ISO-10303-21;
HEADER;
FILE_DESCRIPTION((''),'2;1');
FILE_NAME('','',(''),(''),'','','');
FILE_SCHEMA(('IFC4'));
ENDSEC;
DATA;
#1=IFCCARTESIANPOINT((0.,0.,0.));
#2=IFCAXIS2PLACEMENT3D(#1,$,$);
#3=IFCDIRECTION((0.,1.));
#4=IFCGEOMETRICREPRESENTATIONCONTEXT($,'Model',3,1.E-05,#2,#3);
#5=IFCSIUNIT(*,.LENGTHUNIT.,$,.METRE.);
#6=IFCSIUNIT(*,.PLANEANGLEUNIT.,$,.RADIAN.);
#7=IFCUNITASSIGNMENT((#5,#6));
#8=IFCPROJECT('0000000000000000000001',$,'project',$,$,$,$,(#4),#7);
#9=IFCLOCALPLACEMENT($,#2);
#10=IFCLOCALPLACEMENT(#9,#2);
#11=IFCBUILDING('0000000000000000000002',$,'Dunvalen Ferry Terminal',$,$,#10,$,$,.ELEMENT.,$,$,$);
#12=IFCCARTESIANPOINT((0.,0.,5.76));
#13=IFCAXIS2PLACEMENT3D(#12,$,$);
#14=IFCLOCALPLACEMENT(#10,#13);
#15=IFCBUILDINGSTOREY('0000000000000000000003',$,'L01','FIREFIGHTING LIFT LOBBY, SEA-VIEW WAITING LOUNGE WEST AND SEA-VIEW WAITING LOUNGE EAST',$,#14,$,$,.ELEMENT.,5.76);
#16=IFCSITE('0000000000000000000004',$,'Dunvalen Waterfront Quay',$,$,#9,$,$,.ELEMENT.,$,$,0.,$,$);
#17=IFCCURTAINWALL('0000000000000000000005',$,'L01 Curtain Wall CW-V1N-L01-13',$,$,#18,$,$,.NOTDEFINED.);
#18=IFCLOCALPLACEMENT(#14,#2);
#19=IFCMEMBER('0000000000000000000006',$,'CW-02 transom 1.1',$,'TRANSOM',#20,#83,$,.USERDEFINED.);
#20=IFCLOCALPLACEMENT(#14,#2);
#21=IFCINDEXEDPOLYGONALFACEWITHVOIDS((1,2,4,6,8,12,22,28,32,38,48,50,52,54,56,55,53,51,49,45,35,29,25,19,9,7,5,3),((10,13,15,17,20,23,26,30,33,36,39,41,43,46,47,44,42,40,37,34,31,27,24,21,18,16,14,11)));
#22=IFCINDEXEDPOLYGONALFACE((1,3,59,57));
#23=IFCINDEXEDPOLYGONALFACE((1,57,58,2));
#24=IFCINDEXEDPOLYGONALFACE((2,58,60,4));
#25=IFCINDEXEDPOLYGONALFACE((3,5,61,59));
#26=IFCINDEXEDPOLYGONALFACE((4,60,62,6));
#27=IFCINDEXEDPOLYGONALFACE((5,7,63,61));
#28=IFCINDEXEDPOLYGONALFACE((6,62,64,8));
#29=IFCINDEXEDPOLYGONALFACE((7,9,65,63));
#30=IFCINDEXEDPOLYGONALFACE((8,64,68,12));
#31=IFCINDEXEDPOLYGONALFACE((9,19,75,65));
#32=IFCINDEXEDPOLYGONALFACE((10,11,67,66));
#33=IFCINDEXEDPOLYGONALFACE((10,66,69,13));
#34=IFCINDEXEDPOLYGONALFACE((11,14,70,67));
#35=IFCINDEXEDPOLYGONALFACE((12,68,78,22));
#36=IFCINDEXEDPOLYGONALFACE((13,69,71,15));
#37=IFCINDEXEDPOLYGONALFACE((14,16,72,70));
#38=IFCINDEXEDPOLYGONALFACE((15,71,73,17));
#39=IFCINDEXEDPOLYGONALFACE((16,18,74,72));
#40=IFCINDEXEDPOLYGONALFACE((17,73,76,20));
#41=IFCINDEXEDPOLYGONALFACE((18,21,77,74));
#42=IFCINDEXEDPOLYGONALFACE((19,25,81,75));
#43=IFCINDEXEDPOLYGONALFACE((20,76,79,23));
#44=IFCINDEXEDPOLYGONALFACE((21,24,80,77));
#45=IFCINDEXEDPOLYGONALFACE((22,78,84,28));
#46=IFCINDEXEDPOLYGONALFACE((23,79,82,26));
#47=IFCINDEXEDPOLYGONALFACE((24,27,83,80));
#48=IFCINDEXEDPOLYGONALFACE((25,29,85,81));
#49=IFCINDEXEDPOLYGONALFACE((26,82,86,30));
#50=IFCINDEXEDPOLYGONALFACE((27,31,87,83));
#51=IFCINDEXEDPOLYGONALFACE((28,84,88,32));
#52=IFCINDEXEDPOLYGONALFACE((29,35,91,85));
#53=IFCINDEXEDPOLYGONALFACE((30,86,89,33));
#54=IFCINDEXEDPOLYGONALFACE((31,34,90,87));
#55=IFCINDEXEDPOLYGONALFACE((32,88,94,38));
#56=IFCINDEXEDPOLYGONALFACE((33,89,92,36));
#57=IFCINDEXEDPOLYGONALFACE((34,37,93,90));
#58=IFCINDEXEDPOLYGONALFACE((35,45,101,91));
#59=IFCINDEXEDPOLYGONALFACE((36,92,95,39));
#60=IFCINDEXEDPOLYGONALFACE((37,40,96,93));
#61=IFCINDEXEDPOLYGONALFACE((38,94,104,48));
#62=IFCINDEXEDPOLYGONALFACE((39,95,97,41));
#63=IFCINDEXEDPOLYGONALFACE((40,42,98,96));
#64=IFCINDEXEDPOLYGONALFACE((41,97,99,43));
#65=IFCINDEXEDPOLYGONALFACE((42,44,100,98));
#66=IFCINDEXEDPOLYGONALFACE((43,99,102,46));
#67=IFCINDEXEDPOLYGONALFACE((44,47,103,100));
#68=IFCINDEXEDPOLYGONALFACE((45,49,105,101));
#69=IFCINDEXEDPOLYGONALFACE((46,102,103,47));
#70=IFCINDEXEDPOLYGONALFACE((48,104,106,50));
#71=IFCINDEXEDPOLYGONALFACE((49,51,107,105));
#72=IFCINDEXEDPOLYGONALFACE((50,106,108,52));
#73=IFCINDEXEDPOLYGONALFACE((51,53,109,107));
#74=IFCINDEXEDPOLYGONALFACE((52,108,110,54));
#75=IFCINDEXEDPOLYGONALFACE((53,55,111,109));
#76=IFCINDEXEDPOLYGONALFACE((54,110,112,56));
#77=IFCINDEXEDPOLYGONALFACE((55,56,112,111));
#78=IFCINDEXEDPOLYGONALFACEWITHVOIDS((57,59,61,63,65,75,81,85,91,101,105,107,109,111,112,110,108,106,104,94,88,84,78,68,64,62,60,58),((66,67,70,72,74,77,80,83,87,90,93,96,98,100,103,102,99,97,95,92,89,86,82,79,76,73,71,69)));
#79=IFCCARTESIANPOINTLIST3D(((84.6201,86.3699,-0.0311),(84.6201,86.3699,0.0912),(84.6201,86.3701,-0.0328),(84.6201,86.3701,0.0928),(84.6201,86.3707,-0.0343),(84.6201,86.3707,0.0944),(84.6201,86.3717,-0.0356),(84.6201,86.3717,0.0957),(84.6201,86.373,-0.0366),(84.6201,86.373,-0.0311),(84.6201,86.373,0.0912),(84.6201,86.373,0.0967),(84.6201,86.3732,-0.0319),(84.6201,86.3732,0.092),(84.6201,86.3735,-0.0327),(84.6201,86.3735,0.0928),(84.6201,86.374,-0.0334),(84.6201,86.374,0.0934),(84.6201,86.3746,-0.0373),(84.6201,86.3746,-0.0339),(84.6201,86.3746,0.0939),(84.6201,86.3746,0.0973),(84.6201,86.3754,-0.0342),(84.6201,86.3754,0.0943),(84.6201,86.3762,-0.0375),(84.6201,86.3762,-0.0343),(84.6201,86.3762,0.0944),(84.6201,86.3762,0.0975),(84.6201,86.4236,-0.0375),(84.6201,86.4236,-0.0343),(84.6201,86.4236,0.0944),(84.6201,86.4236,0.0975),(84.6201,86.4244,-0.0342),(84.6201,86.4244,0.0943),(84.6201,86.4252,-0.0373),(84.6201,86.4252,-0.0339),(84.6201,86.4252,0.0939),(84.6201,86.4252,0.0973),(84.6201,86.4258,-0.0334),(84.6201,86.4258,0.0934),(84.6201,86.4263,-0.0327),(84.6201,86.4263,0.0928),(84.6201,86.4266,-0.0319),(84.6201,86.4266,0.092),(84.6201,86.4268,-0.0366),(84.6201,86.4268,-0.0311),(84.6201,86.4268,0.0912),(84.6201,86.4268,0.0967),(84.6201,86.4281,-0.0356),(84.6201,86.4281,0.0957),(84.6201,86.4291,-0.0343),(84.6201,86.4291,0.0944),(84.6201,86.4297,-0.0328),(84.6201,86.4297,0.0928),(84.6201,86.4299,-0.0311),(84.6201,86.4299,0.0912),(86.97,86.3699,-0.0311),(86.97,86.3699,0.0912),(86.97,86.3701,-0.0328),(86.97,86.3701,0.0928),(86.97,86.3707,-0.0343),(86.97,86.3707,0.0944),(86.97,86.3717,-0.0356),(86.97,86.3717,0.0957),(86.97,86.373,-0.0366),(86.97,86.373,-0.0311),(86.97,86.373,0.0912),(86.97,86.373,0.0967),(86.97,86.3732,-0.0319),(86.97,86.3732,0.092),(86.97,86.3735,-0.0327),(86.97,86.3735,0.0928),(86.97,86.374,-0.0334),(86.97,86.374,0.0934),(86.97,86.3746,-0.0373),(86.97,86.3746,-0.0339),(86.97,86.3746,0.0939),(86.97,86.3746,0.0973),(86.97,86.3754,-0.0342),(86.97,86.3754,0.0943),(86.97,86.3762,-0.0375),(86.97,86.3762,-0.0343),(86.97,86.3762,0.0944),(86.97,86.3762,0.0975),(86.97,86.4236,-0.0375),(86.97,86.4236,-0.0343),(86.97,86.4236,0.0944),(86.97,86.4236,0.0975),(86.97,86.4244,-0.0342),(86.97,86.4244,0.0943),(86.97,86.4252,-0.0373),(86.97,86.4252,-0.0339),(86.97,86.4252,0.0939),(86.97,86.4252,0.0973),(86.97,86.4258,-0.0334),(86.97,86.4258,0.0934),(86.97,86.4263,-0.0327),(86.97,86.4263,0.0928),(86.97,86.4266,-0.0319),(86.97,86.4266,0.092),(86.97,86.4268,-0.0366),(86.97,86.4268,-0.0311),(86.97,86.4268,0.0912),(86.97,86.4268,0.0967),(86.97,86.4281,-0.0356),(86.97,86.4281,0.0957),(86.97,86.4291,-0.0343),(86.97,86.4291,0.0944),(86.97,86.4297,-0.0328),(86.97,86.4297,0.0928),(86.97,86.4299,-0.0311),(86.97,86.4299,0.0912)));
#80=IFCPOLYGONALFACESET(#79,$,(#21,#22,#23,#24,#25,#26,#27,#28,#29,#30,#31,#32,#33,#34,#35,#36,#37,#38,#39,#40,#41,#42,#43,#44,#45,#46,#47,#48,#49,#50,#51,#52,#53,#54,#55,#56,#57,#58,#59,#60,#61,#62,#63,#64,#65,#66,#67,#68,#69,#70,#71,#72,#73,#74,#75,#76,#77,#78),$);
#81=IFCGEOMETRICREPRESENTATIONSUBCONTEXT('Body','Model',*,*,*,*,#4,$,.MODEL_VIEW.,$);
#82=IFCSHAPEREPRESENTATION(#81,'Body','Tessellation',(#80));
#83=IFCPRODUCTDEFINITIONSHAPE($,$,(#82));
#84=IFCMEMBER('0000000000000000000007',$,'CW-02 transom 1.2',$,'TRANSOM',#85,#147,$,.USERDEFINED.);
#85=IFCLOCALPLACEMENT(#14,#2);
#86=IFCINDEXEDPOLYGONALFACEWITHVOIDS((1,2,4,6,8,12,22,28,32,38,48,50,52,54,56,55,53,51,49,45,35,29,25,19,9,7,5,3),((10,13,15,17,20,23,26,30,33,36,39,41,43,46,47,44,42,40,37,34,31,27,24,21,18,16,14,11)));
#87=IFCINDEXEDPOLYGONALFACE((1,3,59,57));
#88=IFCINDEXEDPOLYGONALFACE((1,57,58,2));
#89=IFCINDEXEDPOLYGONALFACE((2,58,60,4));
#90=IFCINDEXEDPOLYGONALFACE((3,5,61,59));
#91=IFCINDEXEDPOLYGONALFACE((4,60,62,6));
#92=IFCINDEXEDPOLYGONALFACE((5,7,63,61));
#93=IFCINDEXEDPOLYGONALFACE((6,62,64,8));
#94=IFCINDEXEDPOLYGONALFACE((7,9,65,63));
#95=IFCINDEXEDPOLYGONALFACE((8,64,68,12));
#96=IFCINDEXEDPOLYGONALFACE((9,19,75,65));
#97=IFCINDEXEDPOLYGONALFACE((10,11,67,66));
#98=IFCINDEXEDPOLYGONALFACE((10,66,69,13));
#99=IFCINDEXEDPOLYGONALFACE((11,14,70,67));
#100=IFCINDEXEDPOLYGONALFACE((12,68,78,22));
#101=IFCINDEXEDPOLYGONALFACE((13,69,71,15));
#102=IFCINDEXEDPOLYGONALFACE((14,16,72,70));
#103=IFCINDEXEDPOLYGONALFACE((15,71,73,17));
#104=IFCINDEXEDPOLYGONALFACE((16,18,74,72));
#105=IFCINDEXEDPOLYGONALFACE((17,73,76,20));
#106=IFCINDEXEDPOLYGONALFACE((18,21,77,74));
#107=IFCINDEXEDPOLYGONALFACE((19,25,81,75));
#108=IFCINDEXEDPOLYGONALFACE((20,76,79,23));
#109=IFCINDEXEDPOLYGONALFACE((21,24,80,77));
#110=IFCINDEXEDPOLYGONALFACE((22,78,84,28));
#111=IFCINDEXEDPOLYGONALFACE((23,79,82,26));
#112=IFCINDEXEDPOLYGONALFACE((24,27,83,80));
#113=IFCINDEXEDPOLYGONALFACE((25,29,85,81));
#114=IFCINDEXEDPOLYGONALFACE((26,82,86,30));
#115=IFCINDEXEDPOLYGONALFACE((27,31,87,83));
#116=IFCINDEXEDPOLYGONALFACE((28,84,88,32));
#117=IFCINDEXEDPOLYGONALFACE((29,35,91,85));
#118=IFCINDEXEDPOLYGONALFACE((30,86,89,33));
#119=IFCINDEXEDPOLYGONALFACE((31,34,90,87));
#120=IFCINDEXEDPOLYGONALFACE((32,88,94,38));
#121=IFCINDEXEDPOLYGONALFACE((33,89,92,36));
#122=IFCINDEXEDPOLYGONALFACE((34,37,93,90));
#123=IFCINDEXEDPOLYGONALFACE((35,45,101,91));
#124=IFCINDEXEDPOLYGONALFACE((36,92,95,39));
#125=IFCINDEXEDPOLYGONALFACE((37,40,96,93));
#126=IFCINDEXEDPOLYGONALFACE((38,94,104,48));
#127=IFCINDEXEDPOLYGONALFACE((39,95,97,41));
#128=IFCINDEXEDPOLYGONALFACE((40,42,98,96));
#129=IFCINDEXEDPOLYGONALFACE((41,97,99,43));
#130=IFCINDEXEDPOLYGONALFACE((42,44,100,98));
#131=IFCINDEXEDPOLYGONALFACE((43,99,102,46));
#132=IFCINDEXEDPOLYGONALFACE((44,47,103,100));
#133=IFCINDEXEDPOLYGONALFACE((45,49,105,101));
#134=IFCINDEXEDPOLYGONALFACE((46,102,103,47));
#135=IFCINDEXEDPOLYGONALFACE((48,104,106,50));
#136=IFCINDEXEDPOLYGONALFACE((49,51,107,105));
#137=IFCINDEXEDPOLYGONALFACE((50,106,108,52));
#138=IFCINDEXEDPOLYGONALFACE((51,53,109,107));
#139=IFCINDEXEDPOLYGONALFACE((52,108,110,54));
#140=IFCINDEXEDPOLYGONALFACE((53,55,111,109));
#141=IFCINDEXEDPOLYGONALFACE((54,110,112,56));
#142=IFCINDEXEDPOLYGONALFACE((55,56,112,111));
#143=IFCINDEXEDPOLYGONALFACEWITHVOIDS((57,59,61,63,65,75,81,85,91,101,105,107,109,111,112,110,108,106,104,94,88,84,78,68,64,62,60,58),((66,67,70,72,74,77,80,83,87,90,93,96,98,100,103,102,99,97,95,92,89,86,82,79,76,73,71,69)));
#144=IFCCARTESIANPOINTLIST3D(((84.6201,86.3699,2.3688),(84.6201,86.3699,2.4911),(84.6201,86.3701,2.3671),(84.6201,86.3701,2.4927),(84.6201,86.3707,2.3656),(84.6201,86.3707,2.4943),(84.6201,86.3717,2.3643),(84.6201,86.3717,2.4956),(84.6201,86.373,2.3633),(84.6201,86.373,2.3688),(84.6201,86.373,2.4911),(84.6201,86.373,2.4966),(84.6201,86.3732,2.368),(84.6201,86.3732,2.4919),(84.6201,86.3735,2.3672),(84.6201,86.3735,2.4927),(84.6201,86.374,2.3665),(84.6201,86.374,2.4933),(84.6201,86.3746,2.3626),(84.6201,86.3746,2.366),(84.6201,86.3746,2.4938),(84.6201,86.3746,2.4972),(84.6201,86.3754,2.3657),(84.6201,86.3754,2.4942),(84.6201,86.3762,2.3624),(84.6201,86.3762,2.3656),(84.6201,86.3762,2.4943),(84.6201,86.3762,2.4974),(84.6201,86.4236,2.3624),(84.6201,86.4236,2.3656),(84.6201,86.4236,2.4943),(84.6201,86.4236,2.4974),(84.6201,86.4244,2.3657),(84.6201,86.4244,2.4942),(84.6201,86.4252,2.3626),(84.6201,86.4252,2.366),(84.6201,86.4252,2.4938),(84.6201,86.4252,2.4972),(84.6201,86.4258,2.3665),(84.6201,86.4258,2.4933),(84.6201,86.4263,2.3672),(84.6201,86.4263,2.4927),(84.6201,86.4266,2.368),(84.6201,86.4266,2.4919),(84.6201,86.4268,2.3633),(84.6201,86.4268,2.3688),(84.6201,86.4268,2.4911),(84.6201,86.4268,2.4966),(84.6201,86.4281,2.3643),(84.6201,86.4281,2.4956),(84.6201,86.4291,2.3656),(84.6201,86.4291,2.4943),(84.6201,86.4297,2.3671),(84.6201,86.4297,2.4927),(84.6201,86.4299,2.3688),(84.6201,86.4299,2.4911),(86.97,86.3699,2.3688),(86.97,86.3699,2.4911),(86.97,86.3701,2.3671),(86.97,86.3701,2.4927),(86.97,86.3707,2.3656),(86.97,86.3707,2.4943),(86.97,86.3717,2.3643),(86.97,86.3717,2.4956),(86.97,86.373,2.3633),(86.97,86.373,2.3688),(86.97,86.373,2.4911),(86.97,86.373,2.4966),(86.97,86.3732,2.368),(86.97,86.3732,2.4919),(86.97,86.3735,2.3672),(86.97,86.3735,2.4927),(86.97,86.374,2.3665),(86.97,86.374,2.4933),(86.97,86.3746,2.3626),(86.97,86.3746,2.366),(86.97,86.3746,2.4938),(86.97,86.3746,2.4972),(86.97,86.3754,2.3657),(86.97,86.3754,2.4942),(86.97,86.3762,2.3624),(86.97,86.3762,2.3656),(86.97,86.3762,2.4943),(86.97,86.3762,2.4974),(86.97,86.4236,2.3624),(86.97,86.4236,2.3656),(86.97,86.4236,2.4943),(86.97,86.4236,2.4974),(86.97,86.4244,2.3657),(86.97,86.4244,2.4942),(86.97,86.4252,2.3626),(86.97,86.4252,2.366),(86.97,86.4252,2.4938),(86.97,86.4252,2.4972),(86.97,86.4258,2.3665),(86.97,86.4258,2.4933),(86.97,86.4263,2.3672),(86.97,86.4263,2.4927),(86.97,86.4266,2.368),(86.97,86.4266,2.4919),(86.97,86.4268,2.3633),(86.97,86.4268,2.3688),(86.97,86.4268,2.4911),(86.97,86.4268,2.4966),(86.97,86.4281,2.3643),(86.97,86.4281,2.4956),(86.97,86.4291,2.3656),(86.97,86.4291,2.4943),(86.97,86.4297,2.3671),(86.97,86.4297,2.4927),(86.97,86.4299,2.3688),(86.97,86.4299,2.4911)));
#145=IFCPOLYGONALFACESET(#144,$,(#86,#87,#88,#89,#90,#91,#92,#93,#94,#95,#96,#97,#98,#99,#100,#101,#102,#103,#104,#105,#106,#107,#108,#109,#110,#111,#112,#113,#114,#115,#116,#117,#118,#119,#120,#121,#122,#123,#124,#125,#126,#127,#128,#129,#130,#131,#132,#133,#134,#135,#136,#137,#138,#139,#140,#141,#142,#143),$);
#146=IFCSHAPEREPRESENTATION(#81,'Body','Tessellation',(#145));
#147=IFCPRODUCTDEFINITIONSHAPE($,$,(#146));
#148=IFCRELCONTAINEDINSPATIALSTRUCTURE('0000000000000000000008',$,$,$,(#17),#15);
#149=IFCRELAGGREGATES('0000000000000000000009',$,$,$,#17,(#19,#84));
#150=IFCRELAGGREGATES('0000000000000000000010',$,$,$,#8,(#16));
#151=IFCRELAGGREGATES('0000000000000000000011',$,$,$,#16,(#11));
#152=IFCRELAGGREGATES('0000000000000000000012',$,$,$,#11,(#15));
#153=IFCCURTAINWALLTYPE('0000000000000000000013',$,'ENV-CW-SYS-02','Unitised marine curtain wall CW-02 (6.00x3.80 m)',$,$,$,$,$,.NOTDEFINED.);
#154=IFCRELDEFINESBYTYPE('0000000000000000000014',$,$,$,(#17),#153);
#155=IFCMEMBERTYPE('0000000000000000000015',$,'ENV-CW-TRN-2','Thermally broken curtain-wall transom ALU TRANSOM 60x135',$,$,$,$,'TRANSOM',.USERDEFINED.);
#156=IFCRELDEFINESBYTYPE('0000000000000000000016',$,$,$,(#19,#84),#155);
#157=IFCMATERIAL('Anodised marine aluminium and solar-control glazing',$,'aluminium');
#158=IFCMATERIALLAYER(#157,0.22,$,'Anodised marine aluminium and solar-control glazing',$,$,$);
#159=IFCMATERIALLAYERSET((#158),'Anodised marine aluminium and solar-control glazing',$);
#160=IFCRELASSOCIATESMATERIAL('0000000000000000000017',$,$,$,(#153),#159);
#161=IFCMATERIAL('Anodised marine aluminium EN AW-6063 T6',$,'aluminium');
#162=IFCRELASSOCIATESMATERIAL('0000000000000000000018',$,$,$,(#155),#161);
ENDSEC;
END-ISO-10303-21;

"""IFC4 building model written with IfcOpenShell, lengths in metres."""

from ifc_helpers import new_model, si_unit, direction, frame, origin, origin_2d, place, context, subcontext, project, spatial, hollow_rectangle, extrude, material, layer, layer_set, material_profile, profile_set, type_object, element, aggregate, save


model = new_model("IFC4")

# Units and contexts
model_context = context("Model", 3, precision=1e-05, world=origin(), true_north=direction((0.0, 1.0)))
body_context = subcontext(model_context, "Body", "Model", "MODEL_VIEW")
ifc_project = project(units=[si_unit("LENGTHUNIT", "METRE"), si_unit("PLANEANGLEUNIT", "RADIAN")], contexts=[model_context])

# Site, building, storey
site_placement = place(None, origin())
site = spatial("IfcSite", under=ifc_project, at=site_placement, Name="Dunvalen Waterfront Quay", CompositionType="ELEMENT", RefElevation=0.0)
building_placement = place(site_placement, origin())
building = spatial("IfcBuilding", under=site, at=building_placement, Name="Dunvalen Ferry Terminal", CompositionType="ELEMENT")
storey_placement = place(building_placement, frame((0.0, 0.0, 5.76)))
storey = spatial("IfcBuildingStorey", under=building, at=storey_placement, Name="L01", Description="FIREFIGHTING LIFT LOBBY, SEA-VIEW WAITING LOUNGE WEST AND SEA-VIEW WAITING LOUNGE EAST", CompositionType="ELEMENT", Elevation=5.76)

# Curtain wall
ifc_material_1 = material(Name="Anodised marine aluminium and solar-control glazing", Category="aluminium")
ifc_layer_1 = layer(ifc_material_1, 0.22, Name="Anodised marine aluminium and solar-control glazing")
ifc_layer_set_1 = layer_set([ifc_layer_1], Name="Anodised marine aluminium and solar-control glazing")
curtain_wall_type_1 = type_object("IfcCurtainWallType", Name="ENV-CW-SYS-02", Description="Unitised marine curtain wall CW-02 (6.00x3.80 m)", PredefinedType="NOTDEFINED", material=ifc_layer_set_1)
curtain_wall_1_placement = place(storey_placement, origin())
curtain_wall_1 = element("IfcCurtainWall", 1, at=curtain_wall_1_placement, inside=storey, type_object=curtain_wall_type_1, Name="L01 Curtain Wall CW-V1N-L01-13", PredefinedType="NOTDEFINED")
ifc_material_2 = material(Name="Anodised marine aluminium EN AW-6063 T6", Category="aluminium")

# Members
ifc_material_profile_1 = material_profile(ifc_material_2, hollow_rectangle(XDim=0.0601, YDim=0.135, WallThickness=0.0032, InnerFilletRadius=0.0032, OuterFilletRadius=0.0063, at=origin_2d()), Name="Anodised marine aluminium EN AW-6063 T6")
ifc_profile_set_1 = profile_set([ifc_material_profile_1], Name="Anodised marine aluminium EN AW-6063 T6")
member_type_1 = type_object("IfcMemberType", Name="ENV-CW-TRN-2", Description="Thermally broken curtain-wall transom ALU TRANSOM 60x135", ElementType="TRANSOM", PredefinedType="USERDEFINED", material=ifc_profile_set_1)
member_1_placement = place(storey_placement, frame((84.6201, 86.3999, 0.03), z_axis=(1.0, 0.0, 0.0), x_axis=(0.0, 1.0, 0.0)))
member_1 = element("IfcMember", 2, at=member_1_placement, type_object=member_type_1, Name="CW-02 transom 1.1", ObjectType="TRANSOM", PredefinedType="USERDEFINED", context=body_context, shape_type="SweptSolid", body=[
    extrude(hollow_rectangle(XDim=0.0601, YDim=0.135, WallThickness=0.0032, InnerFilletRadius=0.0032, OuterFilletRadius=0.0063, at=origin_2d()), origin(), (0.0, 0.0, 1.0), 2.3499),
])
member_2_placement = place(storey_placement, frame((84.6201, 86.3999, 2.4299), z_axis=(1.0, 0.0, 0.0), x_axis=(0.0, 1.0, 0.0)))
member_2 = element("IfcMember", 3, at=member_2_placement, type_object=member_type_1, Name="CW-02 transom 1.2", ObjectType="TRANSOM", PredefinedType="USERDEFINED", context=body_context, shape_type="SweptSolid", body=[
    extrude(hollow_rectangle(XDim=0.0601, YDim=0.135, WallThickness=0.0032, InnerFilletRadius=0.0032, OuterFilletRadius=0.0063, at=origin_2d()), origin(), (0.0, 0.0, 1.0), 2.3499),
])

aggregate(curtain_wall_1, [member_1, member_2])

save(model, "model.ifc")
